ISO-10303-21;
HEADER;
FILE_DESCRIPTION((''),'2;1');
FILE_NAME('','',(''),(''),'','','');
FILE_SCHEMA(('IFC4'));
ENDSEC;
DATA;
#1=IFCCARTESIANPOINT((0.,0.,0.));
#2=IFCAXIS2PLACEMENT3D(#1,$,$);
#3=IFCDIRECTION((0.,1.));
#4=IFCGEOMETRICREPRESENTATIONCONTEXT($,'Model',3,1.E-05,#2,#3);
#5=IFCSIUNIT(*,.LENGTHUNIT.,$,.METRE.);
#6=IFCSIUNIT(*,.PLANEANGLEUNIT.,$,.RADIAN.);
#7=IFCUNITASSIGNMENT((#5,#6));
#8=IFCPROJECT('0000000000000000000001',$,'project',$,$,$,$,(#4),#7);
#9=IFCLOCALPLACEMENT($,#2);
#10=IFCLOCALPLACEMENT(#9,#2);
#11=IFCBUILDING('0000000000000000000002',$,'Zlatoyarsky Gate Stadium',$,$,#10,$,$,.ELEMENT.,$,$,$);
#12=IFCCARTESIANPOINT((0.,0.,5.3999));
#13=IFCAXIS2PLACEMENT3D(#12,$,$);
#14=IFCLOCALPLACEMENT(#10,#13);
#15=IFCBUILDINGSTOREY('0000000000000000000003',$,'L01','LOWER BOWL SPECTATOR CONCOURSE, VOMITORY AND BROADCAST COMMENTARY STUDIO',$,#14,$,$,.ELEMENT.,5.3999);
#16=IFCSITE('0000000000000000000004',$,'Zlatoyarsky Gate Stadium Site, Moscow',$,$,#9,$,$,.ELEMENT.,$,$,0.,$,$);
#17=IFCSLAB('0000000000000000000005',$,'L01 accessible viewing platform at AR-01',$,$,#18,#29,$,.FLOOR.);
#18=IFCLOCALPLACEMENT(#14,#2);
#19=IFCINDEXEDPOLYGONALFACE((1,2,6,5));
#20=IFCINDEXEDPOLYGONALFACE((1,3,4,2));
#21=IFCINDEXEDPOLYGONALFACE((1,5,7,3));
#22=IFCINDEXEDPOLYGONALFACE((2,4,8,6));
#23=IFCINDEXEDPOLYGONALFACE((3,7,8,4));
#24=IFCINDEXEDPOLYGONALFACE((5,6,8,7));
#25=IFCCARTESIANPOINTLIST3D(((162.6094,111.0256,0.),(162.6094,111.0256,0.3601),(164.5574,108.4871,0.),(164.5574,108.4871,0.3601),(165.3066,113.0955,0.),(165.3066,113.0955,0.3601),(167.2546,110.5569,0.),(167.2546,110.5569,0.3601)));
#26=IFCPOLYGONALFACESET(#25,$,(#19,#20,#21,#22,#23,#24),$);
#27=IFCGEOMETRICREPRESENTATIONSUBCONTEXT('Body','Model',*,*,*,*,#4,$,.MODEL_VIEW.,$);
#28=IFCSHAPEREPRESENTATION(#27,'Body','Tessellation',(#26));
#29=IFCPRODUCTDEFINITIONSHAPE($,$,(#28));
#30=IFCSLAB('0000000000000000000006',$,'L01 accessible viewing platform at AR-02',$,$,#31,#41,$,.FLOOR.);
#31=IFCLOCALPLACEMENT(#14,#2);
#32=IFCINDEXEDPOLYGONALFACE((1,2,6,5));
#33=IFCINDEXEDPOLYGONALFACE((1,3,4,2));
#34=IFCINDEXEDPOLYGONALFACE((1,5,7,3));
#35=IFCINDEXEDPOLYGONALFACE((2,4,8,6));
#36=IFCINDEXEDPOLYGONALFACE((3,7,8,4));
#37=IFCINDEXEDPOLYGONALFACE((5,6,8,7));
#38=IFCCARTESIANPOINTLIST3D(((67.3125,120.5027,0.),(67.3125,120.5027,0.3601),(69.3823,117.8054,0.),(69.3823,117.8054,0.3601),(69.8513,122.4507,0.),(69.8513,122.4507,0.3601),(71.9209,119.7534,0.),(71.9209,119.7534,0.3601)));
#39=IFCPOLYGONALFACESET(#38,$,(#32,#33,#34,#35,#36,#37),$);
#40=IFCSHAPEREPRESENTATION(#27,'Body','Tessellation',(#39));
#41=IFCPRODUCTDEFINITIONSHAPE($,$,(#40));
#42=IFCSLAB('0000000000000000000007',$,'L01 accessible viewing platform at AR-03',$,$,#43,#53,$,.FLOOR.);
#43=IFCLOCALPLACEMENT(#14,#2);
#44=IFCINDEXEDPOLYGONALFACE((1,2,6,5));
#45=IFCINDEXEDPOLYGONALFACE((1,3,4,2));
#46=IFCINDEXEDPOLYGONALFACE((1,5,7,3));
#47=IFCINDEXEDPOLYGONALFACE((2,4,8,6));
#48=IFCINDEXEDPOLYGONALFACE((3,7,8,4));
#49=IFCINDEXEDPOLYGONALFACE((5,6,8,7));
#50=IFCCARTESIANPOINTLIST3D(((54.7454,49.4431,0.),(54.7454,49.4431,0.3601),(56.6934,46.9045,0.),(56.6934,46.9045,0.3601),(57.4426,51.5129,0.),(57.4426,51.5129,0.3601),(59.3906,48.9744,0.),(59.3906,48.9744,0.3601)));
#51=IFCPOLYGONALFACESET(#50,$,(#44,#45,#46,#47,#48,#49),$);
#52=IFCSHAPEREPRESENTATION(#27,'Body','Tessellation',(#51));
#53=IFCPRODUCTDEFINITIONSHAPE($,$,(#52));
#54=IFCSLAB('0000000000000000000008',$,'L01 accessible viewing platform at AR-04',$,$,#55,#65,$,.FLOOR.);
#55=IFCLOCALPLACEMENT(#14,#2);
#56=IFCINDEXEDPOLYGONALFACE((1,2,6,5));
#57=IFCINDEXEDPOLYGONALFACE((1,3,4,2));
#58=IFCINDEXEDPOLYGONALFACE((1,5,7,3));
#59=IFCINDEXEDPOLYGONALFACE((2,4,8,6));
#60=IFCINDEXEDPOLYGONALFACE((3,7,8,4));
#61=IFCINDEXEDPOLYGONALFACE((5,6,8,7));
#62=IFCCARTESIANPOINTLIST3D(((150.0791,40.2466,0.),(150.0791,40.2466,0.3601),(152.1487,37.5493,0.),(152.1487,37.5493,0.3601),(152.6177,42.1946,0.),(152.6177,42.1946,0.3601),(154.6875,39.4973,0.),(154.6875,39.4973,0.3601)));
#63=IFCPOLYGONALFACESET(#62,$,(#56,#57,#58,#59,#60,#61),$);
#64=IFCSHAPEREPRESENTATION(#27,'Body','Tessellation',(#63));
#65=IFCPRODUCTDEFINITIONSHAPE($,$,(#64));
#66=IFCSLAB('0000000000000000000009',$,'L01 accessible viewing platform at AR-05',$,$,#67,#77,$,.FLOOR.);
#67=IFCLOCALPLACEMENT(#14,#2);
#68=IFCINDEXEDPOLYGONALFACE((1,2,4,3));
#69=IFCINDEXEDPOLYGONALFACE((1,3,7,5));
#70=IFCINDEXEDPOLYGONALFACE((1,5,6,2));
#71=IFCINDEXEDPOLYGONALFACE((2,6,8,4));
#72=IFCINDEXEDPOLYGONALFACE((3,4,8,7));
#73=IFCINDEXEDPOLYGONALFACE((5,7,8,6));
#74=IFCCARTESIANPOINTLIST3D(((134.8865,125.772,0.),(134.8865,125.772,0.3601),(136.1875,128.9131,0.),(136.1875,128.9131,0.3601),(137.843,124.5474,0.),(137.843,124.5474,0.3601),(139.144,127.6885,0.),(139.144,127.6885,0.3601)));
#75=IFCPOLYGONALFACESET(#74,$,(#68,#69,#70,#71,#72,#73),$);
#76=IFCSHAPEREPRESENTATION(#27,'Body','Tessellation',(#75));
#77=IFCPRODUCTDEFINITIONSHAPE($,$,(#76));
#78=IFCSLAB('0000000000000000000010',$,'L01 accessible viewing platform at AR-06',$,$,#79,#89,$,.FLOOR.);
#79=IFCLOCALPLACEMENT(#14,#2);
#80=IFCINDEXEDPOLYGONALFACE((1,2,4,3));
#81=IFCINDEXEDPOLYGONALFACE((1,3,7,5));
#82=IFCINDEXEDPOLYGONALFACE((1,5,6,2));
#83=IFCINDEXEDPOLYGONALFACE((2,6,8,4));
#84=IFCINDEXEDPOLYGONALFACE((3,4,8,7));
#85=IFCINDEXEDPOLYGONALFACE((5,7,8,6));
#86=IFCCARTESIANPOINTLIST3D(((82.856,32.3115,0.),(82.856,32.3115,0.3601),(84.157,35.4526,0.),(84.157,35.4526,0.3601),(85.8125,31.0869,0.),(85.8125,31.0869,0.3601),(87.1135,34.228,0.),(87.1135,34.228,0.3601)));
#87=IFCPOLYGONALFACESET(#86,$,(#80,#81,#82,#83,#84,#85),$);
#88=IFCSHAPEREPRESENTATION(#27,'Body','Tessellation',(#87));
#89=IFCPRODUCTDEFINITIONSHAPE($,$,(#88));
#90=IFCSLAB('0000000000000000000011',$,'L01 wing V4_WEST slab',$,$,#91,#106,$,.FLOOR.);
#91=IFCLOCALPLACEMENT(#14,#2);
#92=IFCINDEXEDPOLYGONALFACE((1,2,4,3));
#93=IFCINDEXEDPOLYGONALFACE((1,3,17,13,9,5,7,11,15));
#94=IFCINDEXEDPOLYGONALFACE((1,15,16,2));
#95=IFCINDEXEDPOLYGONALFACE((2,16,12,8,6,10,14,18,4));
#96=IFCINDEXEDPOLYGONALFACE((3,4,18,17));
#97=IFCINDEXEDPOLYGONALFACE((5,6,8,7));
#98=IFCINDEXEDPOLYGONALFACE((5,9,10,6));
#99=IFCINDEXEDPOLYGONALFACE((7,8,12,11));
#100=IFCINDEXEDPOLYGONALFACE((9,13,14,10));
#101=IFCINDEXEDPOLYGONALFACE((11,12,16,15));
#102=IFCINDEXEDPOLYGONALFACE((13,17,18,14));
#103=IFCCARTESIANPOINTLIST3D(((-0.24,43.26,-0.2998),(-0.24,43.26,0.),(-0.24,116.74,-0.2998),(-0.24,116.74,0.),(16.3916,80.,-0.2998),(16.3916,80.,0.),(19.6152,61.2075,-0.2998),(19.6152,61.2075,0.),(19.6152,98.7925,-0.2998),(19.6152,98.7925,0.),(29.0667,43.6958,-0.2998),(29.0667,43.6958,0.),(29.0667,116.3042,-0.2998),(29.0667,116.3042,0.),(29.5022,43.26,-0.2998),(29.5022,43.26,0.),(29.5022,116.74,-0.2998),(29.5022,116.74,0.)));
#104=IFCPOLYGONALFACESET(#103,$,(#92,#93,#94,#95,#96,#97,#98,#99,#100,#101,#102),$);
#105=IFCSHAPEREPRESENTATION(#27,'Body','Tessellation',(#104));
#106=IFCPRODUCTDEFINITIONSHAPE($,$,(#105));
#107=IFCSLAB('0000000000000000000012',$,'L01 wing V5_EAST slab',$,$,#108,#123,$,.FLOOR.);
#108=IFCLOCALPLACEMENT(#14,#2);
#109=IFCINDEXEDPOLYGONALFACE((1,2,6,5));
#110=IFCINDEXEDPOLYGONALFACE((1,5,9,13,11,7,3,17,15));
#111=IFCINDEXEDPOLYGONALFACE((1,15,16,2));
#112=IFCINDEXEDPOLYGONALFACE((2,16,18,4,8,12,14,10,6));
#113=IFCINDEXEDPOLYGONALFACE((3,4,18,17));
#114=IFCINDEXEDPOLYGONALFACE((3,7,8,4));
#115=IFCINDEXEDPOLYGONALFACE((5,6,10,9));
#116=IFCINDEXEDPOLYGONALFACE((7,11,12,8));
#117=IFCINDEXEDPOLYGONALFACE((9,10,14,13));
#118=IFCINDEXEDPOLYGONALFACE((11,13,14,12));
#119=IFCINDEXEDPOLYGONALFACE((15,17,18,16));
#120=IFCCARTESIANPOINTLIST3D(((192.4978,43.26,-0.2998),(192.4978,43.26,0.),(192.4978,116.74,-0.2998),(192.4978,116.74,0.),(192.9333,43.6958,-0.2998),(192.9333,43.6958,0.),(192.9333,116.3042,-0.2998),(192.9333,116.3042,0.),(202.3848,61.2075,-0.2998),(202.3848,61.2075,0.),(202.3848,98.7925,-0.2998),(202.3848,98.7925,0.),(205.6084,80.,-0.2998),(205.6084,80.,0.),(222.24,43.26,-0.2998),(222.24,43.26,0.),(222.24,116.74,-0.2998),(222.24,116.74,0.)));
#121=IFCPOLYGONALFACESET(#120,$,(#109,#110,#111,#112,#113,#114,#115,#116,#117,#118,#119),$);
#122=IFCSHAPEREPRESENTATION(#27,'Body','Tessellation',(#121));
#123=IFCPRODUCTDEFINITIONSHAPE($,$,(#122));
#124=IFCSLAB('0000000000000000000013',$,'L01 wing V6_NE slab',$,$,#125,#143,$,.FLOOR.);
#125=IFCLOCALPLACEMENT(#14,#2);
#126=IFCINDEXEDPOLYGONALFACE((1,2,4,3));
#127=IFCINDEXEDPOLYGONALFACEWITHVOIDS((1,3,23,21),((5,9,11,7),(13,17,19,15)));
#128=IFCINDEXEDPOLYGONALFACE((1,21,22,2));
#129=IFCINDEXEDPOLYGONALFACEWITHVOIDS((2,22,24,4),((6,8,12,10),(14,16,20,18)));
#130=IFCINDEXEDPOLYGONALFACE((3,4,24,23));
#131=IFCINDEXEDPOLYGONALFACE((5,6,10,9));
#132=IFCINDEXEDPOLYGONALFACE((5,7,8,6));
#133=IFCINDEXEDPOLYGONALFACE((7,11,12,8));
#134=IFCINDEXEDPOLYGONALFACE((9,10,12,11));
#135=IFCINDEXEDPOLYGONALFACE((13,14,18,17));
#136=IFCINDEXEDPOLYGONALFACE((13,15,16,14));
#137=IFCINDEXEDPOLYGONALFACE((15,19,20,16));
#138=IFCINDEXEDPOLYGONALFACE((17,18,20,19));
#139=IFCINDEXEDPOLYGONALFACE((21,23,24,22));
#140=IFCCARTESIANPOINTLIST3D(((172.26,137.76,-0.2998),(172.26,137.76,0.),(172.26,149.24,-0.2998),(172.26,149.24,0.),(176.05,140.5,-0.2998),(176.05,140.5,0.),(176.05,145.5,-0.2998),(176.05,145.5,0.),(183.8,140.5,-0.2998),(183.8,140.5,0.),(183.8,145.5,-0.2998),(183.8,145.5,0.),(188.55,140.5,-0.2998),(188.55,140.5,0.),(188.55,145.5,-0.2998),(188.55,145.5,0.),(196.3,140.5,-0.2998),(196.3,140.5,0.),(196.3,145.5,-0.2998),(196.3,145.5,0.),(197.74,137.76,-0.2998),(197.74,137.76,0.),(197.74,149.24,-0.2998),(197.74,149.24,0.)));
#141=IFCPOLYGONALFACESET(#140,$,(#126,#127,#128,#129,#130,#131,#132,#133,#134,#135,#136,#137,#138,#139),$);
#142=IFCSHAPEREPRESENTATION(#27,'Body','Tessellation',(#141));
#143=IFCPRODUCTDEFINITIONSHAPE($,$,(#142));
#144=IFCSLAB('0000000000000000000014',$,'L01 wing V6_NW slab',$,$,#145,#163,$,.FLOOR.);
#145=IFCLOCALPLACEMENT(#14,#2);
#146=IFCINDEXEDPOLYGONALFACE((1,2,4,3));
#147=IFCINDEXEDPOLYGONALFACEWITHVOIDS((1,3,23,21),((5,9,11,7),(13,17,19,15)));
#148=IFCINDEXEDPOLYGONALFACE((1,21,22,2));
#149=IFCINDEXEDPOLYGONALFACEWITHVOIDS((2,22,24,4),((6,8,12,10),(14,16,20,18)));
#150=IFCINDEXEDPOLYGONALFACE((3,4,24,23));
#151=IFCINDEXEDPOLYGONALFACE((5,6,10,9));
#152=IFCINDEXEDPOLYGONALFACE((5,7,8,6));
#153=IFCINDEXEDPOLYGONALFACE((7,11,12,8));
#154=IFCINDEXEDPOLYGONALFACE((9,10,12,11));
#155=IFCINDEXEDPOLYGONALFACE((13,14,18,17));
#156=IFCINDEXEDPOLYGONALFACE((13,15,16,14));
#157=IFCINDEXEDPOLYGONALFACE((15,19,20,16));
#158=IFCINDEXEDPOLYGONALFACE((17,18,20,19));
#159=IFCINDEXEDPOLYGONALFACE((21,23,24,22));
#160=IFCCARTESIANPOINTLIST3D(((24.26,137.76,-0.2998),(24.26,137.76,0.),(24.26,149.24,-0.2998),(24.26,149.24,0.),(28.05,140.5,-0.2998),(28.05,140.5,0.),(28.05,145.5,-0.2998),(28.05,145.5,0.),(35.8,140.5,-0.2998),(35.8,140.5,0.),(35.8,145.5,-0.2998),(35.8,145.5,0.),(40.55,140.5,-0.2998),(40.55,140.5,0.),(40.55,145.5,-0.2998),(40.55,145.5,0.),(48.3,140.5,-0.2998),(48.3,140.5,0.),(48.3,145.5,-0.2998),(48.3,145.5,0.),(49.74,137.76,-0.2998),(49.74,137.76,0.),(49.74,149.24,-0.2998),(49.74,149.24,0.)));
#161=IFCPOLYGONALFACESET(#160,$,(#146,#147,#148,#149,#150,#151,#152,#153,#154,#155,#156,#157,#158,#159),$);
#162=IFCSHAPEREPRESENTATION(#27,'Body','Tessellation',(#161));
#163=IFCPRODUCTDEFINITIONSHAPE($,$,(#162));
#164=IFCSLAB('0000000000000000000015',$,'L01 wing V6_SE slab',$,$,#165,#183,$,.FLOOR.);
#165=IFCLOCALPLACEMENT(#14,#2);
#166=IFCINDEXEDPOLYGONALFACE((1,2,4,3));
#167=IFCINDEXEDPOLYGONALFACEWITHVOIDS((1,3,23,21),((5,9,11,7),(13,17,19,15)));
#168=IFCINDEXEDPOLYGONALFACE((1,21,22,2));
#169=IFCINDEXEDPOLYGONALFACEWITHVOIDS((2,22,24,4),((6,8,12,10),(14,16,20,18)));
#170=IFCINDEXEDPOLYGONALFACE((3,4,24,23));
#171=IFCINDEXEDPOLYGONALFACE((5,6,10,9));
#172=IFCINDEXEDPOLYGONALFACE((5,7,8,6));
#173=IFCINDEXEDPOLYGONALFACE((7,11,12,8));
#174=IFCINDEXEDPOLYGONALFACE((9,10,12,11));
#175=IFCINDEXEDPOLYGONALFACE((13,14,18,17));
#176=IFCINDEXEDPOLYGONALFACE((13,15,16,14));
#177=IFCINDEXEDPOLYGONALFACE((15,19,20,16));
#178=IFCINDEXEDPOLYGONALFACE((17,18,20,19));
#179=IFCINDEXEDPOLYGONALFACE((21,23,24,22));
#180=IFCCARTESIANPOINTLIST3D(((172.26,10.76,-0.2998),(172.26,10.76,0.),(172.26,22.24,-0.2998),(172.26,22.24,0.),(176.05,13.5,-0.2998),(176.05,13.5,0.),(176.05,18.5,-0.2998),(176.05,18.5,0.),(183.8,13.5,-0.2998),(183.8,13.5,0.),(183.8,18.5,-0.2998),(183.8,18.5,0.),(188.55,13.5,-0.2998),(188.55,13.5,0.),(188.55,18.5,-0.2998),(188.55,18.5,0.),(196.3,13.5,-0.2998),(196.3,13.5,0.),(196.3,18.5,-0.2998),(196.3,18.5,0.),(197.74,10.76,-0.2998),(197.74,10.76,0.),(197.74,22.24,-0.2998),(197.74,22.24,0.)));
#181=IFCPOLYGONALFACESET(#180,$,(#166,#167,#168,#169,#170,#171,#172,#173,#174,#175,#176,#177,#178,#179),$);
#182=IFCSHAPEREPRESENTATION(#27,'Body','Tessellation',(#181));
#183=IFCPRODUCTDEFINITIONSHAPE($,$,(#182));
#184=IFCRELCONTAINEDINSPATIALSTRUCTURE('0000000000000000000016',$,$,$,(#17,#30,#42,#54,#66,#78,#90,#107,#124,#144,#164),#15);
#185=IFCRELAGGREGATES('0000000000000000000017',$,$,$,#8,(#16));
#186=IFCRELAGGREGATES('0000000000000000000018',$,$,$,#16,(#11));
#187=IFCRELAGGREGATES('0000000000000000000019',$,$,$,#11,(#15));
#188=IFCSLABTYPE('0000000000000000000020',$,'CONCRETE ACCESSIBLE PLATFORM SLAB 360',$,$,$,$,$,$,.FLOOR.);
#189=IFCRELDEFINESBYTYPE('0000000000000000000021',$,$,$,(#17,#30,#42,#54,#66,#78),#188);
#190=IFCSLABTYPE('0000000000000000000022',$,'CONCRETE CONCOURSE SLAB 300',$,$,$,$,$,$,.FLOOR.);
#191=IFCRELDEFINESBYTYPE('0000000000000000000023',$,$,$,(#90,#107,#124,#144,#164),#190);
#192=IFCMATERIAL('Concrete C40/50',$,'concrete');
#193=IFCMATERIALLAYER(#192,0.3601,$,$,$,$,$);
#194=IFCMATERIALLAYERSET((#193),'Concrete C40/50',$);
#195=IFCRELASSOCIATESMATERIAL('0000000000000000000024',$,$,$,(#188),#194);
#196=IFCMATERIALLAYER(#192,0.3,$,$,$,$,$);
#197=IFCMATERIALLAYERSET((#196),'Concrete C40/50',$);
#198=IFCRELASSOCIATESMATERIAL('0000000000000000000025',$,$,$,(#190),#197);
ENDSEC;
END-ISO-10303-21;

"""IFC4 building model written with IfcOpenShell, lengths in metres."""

from ifc_helpers import new_model, si_unit, direction, frame, origin, place, context, subcontext, project, spatial, polyline, outline, extrude, material, layer, layer_set, type_object, element, save


model = new_model("IFC4")

# Units and contexts
model_context = context("Model", 3, precision=1e-05, world=origin(), true_north=direction((0.0, 1.0)))
body_context = subcontext(model_context, "Body", "Model", "MODEL_VIEW")
ifc_project = project(units=[si_unit("LENGTHUNIT", "METRE"), si_unit("PLANEANGLEUNIT", "RADIAN")], contexts=[model_context])

# Site, building, storey
site_placement = place(None, origin())
site = spatial("IfcSite", under=ifc_project, at=site_placement, Name="Zlatoyarsky Gate Stadium Site, Moscow", CompositionType="ELEMENT", RefElevation=0.0)
building_placement = place(site_placement, origin())
building = spatial("IfcBuilding", under=site, at=building_placement, Name="Zlatoyarsky Gate Stadium", CompositionType="ELEMENT")
storey_placement = place(building_placement, frame((0.0, 0.0, 5.3999)))
storey = spatial("IfcBuildingStorey", under=building, at=storey_placement, Name="L01", Description="LOWER BOWL SPECTATOR CONCOURSE, VOMITORY AND BROADCAST COMMENTARY STUDIO", CompositionType="ELEMENT", Elevation=5.3999)

# Slabs
ifc_material_1 = material(Name="Concrete C40/50", Category="concrete")
ifc_layer_1 = layer(ifc_material_1, 0.3601)
ifc_layer_set_1 = layer_set([ifc_layer_1], Name="Concrete C40/50")
slab_type_1 = type_object("IfcSlabType", Name="CONCRETE ACCESSIBLE PLATFORM SLAB 360", PredefinedType="FLOOR", material=ifc_layer_set_1)
slab_1_placement = place(storey_placement, origin())
element("IfcSlab", 1, at=slab_1_placement, inside=storey, type_object=slab_type_1, Name="L01 accessible viewing platform at AR-01", PredefinedType="FLOOR", context=body_context, shape_type="SweptSolid", body=[
    extrude(outline(polyline([(165.3066, 113.0955), (162.6094, 111.0256), (164.5574, 108.4871), (167.2546, 110.5569), (165.3066, 113.0955)])), origin(), (0.0, 0.0, 1.0), 0.3601),
])
slab_2_placement = place(storey_placement, origin())
element("IfcSlab", 2, at=slab_2_placement, inside=storey, type_object=slab_type_1, Name="L01 accessible viewing platform at AR-02", PredefinedType="FLOOR", context=body_context, shape_type="SweptSolid", body=[
    extrude(outline(polyline([(67.3125, 120.5027), (69.3823, 117.8054), (71.9209, 119.7534), (69.8513, 122.4507), (67.3125, 120.5027)])), origin(), (0.0, 0.0, 1.0), 0.3601),
])
slab_3_placement = place(storey_placement, origin())
element("IfcSlab", 3, at=slab_3_placement, inside=storey, type_object=slab_type_1, Name="L01 accessible viewing platform at AR-03", PredefinedType="FLOOR", context=body_context, shape_type="SweptSolid", body=[
    extrude(outline(polyline([(56.6934, 46.9045), (59.3906, 48.9744), (57.4426, 51.5129), (54.7454, 49.4431), (56.6934, 46.9045)])), origin(), (0.0, 0.0, 1.0), 0.3601),
])
slab_4_placement = place(storey_placement, origin())
element("IfcSlab", 4, at=slab_4_placement, inside=storey, type_object=slab_type_1, Name="L01 accessible viewing platform at AR-04", PredefinedType="FLOOR", context=body_context, shape_type="SweptSolid", body=[
    extrude(outline(polyline([(154.6875, 39.4973), (152.6177, 42.1946), (150.0791, 40.2466), (152.1487, 37.5493), (154.6875, 39.4973)])), origin(), (0.0, 0.0, 1.0), 0.3601),
])
slab_5_placement = place(storey_placement, origin())
element("IfcSlab", 5, at=slab_5_placement, inside=storey, type_object=slab_type_1, Name="L01 accessible viewing platform at AR-05", PredefinedType="FLOOR", context=body_context, shape_type="SweptSolid", body=[
    extrude(outline(polyline([(136.1875, 128.9131), (134.8865, 125.772), (137.843, 124.5474), (139.144, 127.6885), (136.1875, 128.9131)])), origin(), (0.0, 0.0, 1.0), 0.3601),
])
slab_6_placement = place(storey_placement, origin())
element("IfcSlab", 6, at=slab_6_placement, inside=storey, type_object=slab_type_1, Name="L01 accessible viewing platform at AR-06", PredefinedType="FLOOR", context=body_context, shape_type="SweptSolid", body=[
    extrude(outline(polyline([(85.8125, 31.0869), (87.1135, 34.228), (84.157, 35.4526), (82.856, 32.3115), (85.8125, 31.0869)])), origin(), (0.0, 0.0, 1.0), 0.3601),
])
ifc_layer_2 = layer(ifc_material_1, 0.3)
ifc_layer_set_2 = layer_set([ifc_layer_2], Name="Concrete C40/50")
slab_type_2 = type_object("IfcSlabType", Name="CONCRETE CONCOURSE SLAB 300", PredefinedType="FLOOR", material=ifc_layer_set_2)
slab_7_placement = place(storey_placement, frame((0.0, 0.0, -0.2998)))
element("IfcSlab", 7, at=slab_7_placement, inside=storey, type_object=slab_type_2, Name="L01 wing V4_WEST slab", PredefinedType="FLOOR", context=body_context, shape_type="SweptSolid", body=[
    extrude(outline(polyline([(29.5022, 116.74), (29.0667, 116.3042), (19.6152, 98.7925), (16.3916, 80.0), (19.6152, 61.2075), (29.0667, 43.6958), (29.5022, 43.26), (-0.24, 43.26), (-0.24, 116.74), (29.5022, 116.74)])), origin(), (0.0, 0.0, 1.0), 0.2998),
])
slab_8_placement = place(storey_placement, frame((0.0, 0.0, -0.2998)))
element("IfcSlab", 8, at=slab_8_placement, inside=storey, type_object=slab_type_2, Name="L01 wing V5_EAST slab", PredefinedType="FLOOR", context=body_context, shape_type="SweptSolid", body=[
    extrude(outline(polyline([(192.4978, 43.26), (192.9333, 43.6958), (202.3848, 61.2075), (205.6084, 80.0), (202.3848, 98.7925), (192.9333, 116.3042), (192.4978, 116.74), (222.24, 116.74), (222.24, 43.26), (192.4978, 43.26)])), origin(), (0.0, 0.0, 1.0), 0.2998),
])
slab_9_placement = place(storey_placement, frame((0.0, 0.0, -0.2998)))
element("IfcSlab", 9, at=slab_9_placement, inside=storey, type_object=slab_type_2, Name="L01 wing V6_NE slab", PredefinedType="FLOOR", context=body_context, shape_type="SweptSolid", body=[
    extrude(outline(polyline([(197.74, 149.24), (197.74, 137.76), (172.26, 137.76), (172.26, 149.24), (197.74, 149.24)]), holes=[polyline([(176.05, 140.5), (183.8, 140.5), (183.8, 145.5), (176.05, 145.5), (176.05, 140.5)]), polyline([(188.55, 140.5), (196.3, 140.5), (196.3, 145.5), (188.55, 145.5), (188.55, 140.5)])]), origin(), (0.0, 0.0, 1.0), 0.2998),
])
slab_10_placement = place(storey_placement, frame((0.0, 0.0, -0.2998)))
element("IfcSlab", 10, at=slab_10_placement, inside=storey, type_object=slab_type_2, Name="L01 wing V6_NW slab", PredefinedType="FLOOR", context=body_context, shape_type="SweptSolid", body=[
    extrude(outline(polyline([(49.74, 149.24), (49.74, 137.76), (24.26, 137.76), (24.26, 149.24), (49.74, 149.24)]), holes=[polyline([(28.05, 140.5), (35.8, 140.5), (35.8, 145.5), (28.05, 145.5), (28.05, 140.5)]), polyline([(48.3, 140.5), (48.3, 145.5), (40.55, 145.5), (40.55, 140.5), (48.3, 140.5)])]), origin(), (0.0, 0.0, 1.0), 0.2998),
])
slab_11_placement = place(storey_placement, frame((0.0, 0.0, -0.2998)))
element("IfcSlab", 11, at=slab_11_placement, inside=storey, type_object=slab_type_2, Name="L01 wing V6_SE slab", PredefinedType="FLOOR", context=body_context, shape_type="SweptSolid", body=[
    extrude(outline(polyline([(197.74, 22.24), (197.74, 10.76), (172.26, 10.76), (172.26, 22.24), (197.74, 22.24)]), holes=[polyline([(176.05, 13.5), (183.8, 13.5), (183.8, 18.5), (176.05, 18.5), (176.05, 13.5)]), polyline([(196.3, 13.5), (196.3, 18.5), (188.55, 18.5), (188.55, 13.5), (196.3, 13.5)])]), origin(), (0.0, 0.0, 1.0), 0.2998),
])

save(model, "model.ifc")
